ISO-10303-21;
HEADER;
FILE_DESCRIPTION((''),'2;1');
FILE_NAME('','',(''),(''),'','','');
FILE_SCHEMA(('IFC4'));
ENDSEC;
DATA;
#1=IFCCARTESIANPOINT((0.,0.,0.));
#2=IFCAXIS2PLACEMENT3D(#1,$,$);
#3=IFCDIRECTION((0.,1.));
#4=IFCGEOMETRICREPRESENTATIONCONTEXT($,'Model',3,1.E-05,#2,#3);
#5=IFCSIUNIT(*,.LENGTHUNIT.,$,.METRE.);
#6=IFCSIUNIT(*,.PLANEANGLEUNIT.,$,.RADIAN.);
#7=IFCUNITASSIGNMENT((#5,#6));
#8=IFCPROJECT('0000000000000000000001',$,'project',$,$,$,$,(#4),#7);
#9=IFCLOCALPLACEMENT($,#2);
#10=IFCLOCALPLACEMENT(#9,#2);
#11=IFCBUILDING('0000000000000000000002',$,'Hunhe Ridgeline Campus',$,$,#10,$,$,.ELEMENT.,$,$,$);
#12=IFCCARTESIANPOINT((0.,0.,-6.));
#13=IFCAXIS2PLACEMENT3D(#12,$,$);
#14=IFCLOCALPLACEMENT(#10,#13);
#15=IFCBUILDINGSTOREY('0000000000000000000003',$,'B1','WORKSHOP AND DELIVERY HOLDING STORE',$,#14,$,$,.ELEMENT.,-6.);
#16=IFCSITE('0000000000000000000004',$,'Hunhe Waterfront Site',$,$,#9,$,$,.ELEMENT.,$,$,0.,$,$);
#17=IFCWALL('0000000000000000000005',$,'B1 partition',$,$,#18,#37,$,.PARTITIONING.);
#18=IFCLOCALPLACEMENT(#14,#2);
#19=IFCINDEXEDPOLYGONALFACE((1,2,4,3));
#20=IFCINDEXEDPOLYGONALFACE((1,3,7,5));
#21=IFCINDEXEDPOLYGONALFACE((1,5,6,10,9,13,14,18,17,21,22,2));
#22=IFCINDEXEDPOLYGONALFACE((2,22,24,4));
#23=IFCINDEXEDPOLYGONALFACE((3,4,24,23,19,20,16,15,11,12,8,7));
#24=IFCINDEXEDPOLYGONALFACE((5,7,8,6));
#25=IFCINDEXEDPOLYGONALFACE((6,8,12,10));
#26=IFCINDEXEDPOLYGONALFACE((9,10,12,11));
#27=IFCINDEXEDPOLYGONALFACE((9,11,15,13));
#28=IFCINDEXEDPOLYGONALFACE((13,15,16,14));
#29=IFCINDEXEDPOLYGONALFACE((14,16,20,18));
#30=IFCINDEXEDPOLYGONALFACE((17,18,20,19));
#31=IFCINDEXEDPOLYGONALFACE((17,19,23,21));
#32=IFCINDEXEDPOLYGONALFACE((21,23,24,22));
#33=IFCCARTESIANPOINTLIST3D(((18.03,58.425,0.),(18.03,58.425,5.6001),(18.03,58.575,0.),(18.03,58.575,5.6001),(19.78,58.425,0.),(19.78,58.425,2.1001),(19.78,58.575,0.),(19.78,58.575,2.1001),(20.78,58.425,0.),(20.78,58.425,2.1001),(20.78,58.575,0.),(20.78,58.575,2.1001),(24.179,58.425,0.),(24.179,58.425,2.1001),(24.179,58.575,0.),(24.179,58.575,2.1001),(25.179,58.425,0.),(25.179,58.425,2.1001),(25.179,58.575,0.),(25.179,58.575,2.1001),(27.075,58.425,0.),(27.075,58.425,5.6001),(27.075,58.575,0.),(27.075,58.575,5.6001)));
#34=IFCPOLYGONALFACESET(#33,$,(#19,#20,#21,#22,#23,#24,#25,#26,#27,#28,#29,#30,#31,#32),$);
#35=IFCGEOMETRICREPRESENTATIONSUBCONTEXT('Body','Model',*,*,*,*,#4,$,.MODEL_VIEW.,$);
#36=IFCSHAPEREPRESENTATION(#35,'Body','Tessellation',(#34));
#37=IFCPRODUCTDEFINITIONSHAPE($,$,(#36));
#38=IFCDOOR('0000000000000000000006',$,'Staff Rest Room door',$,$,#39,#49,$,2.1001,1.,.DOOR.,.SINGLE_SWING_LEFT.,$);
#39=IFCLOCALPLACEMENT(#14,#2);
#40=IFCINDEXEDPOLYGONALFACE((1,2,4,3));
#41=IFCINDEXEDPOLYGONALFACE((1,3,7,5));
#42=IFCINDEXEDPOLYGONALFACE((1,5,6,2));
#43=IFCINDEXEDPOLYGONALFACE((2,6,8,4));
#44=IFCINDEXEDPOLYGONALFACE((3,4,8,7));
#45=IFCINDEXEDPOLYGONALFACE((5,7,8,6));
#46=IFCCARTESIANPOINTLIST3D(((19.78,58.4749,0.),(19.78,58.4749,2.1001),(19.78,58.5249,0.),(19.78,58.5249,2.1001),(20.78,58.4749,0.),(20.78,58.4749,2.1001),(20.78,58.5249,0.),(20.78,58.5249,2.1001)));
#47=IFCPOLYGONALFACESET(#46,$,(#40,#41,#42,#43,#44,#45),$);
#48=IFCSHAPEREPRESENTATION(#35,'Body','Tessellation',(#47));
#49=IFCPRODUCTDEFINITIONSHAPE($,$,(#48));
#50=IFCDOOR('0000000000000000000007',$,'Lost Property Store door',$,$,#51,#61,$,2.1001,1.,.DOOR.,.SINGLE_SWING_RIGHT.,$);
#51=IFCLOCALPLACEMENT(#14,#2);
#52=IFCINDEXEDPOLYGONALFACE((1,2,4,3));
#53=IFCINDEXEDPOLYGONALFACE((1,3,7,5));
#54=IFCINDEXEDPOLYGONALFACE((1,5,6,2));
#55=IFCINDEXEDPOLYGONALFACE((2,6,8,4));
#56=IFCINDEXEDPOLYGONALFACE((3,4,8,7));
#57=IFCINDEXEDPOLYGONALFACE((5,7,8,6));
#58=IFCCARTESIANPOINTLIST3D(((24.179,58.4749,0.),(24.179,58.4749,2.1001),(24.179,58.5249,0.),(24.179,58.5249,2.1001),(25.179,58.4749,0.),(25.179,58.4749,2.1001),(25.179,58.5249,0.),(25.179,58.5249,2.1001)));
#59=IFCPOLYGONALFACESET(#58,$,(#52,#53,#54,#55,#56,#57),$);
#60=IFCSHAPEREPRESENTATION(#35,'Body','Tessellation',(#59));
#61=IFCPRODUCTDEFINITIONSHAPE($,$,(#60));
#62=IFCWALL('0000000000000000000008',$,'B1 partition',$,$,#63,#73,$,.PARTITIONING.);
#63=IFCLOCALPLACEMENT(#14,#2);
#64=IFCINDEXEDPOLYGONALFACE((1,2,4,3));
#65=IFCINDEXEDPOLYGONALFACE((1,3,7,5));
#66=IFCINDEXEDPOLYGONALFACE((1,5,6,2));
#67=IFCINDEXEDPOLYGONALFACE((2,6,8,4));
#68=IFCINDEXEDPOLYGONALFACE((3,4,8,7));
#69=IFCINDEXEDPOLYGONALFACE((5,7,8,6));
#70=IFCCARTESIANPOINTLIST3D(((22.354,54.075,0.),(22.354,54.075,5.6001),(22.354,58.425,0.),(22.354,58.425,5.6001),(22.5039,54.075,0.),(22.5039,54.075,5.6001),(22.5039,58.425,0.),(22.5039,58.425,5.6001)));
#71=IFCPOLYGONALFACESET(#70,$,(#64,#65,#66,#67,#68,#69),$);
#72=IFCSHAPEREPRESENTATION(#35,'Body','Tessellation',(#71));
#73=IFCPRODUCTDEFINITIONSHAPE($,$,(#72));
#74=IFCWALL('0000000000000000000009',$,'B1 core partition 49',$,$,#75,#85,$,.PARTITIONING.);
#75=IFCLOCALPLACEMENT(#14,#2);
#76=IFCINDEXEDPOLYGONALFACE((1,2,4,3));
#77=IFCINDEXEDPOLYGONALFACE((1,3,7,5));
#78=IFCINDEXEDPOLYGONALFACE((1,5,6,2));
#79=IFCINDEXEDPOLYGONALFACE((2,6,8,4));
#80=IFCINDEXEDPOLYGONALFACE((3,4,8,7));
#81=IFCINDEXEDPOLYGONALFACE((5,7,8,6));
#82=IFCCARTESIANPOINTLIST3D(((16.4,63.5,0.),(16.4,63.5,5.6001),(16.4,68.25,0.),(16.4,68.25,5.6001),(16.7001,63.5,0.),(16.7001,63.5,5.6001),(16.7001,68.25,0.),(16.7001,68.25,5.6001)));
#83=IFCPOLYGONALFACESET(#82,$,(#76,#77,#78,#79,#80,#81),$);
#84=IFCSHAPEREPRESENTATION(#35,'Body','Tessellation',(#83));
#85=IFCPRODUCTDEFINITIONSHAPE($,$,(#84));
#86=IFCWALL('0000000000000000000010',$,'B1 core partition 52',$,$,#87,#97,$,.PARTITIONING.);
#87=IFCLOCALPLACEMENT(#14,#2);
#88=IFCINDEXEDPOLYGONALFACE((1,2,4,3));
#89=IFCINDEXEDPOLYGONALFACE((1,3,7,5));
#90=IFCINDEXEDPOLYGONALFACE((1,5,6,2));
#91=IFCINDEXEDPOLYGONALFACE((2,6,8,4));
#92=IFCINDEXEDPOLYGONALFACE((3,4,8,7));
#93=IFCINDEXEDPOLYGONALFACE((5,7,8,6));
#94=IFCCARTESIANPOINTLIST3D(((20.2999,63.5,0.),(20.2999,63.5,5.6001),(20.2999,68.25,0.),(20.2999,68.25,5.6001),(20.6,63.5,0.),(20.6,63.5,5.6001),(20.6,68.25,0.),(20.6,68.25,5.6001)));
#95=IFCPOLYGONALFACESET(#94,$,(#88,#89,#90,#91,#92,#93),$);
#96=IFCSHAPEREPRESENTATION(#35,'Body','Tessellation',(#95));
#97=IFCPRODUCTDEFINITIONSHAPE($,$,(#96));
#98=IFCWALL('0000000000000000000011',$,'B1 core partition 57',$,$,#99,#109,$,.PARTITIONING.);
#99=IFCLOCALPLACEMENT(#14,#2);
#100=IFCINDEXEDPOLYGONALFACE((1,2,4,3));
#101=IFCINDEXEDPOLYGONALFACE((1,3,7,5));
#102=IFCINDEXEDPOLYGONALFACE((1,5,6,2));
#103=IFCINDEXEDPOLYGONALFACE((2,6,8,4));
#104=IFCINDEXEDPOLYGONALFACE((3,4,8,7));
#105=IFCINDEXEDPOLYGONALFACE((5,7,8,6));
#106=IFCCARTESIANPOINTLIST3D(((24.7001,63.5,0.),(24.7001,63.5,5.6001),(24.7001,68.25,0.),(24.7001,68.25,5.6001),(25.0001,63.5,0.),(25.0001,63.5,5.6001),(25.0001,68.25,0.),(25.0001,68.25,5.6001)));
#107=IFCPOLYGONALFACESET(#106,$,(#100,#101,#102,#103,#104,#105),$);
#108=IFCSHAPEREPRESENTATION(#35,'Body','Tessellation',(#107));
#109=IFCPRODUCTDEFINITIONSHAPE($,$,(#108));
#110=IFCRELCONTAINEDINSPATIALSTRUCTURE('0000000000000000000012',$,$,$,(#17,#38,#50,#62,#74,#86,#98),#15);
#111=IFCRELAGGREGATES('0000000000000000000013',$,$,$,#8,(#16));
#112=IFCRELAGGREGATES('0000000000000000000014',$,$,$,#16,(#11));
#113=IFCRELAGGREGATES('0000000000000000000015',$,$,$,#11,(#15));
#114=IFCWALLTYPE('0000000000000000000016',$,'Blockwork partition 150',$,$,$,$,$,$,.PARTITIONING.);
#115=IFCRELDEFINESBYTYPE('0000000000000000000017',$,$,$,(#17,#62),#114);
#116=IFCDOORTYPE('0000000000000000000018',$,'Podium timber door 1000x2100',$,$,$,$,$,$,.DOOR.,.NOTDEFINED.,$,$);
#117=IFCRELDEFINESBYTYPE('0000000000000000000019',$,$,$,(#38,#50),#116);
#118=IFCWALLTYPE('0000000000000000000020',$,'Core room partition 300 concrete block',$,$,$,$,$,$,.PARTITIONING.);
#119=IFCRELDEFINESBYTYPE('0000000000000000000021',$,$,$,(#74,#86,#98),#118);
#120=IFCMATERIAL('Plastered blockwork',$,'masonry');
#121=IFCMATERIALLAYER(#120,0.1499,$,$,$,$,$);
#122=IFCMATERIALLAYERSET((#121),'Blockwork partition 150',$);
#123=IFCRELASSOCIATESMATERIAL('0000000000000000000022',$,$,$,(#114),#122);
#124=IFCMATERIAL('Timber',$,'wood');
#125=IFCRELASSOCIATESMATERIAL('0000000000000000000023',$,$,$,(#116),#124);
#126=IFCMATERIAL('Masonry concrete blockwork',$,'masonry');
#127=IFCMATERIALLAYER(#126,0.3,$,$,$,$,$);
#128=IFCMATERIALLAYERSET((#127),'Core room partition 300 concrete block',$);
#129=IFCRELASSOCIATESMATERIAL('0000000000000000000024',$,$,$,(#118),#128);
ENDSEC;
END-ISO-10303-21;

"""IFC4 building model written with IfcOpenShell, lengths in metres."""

from ifc_helpers import new_model, si_unit, direction, frame, frame_2d, origin, place, context, subcontext, project, spatial, rectangle, extrude, material, layer, layer_set, type_object, element, fill, save


model = new_model("IFC4")

# Units and contexts
model_context = context("Model", 3, precision=1e-05, world=origin(), true_north=direction((0.0, 1.0)))
body_context = subcontext(model_context, "Body", "Model", "MODEL_VIEW")
ifc_project = project(units=[si_unit("LENGTHUNIT", "METRE"), si_unit("PLANEANGLEUNIT", "RADIAN")], contexts=[model_context])

# Site, building, storey
site_placement = place(None, origin())
site = spatial("IfcSite", under=ifc_project, at=site_placement, Name="Hunhe Waterfront Site", CompositionType="ELEMENT", RefElevation=0.0)
building_placement = place(site_placement, origin())
building = spatial("IfcBuilding", under=site, at=building_placement, Name="Hunhe Ridgeline Campus", CompositionType="ELEMENT")
storey_placement = place(building_placement, frame((0.0, 0.0, -6.0)))
storey = spatial("IfcBuildingStorey", under=building, at=storey_placement, Name="B1", Description="WORKSHOP AND DELIVERY HOLDING STORE", CompositionType="ELEMENT", Elevation=-6.0)

# Shared definitions
ifc_material_1 = material(Name="Plastered blockwork", Category="masonry")
ifc_layer_1 = layer(ifc_material_1, 0.1499)
ifc_layer_set_1 = layer_set([ifc_layer_1], Name="Blockwork partition 150")
wall_type_1 = type_object("IfcWallType", Name="Blockwork partition 150", PredefinedType="PARTITIONING", material=ifc_layer_set_1)

# Wall, openings, doors
wall_1_placement = place(storey_placement, frame((18.03, 58.5, 0.0), z_axis=(0.0, 0.0, 1.0), x_axis=(1.0, 0.0, 0.0)))
wall_1 = element("IfcWall", 1, at=wall_1_placement, inside=storey, type_object=wall_type_1, Name="B1 partition", PredefinedType="PARTITIONING", context=body_context, shape_type="SweptSolid", body=[
    extrude(rectangle(XDim=9.0449, YDim=0.1499, at=frame_2d((4.5225, 0.0))), origin(), (0.0, 0.0, 1.0), 5.6001),
])
opening_1_placement = place(wall_1_placement, frame((1.75, 0.0, 0.0)))
opening_1 = element("IfcOpeningElement", 2, at=opening_1_placement, cuts=wall_1, PredefinedType="OPENING", context=body_context, shape_type="SweptSolid", body=[
    extrude(rectangle(XDim=1.0, YDim=2.1001, at=frame_2d((0.5, 1.05))), frame((0.0, 0.075, 0.0), z_axis=(0.0, -1.0, 0.0), x_axis=(1.0, 0.0, 0.0)), (0.0, 0.0, 1.0), 0.1499),
])
opening_2_placement = place(wall_1_placement, frame((6.1489, 0.0, 0.0)))
opening_2 = element("IfcOpeningElement", 3, at=opening_2_placement, cuts=wall_1, PredefinedType="OPENING", context=body_context, shape_type="SweptSolid", body=[
    extrude(rectangle(XDim=1.0, YDim=2.1001, at=frame_2d((0.5, 1.05))), frame((0.0, 0.075, 0.0), z_axis=(0.0, -1.0, 0.0), x_axis=(1.0, 0.0, 0.0)), (0.0, 0.0, 1.0), 0.1499),
])
ifc_material_2 = material(Name="Timber", Category="wood")
door_type = type_object("IfcDoorType", Name="Podium timber door 1000x2100", OperationType="NOTDEFINED", PredefinedType="DOOR", material=ifc_material_2)
door_1_placement = place(opening_1_placement, origin())
door_1 = element("IfcDoor", 4, at=door_1_placement, inside=storey, type_object=door_type, Name="Staff Rest Room door", OperationType="SINGLE_SWING_LEFT", OverallHeight=2.1001, OverallWidth=1.0, PredefinedType="DOOR", context=body_context, shape_type="SweptSolid", body=[
    extrude(rectangle(XDim=1.0, YDim=2.1001, at=frame_2d((0.5, 1.05))), frame((0.0, 0.0249, 0.0), z_axis=(0.0, -1.0, 0.0), x_axis=(1.0, 0.0, 0.0)), (0.0, 0.0, 1.0), 0.05),
])
fill(opening_1, door_1)
door_2_placement = place(opening_2_placement, origin())
door_2 = element("IfcDoor", 5, at=door_2_placement, inside=storey, type_object=door_type, Name="Lost Property Store door", OperationType="SINGLE_SWING_RIGHT", OverallHeight=2.1001, OverallWidth=1.0, PredefinedType="DOOR", context=body_context, shape_type="SweptSolid", body=[
    extrude(rectangle(XDim=1.0, YDim=2.1001, at=frame_2d((0.5, 1.05))), frame((0.0, 0.0249, 0.0), z_axis=(0.0, -1.0, 0.0), x_axis=(1.0, 0.0, 0.0)), (0.0, 0.0, 1.0), 0.05),
])
fill(opening_2, door_2)

# Walls
wall_2_placement = place(storey_placement, frame((22.429, 54.075, 0.0), z_axis=(0.0, 0.0, 1.0), x_axis=(0.0, 1.0, 0.0)))
element("IfcWall", 6, at=wall_2_placement, inside=storey, type_object=wall_type_1, Name="B1 partition", PredefinedType="PARTITIONING", context=body_context, shape_type="SweptSolid", body=[
    extrude(rectangle(XDim=4.3501, YDim=0.1499, at=frame_2d((2.175, 0.0))), origin(), (0.0, 0.0, 1.0), 5.6001),
])
ifc_material_3 = material(Name="Masonry concrete blockwork", Category="masonry")
ifc_layer_2 = layer(ifc_material_3, 0.3)
ifc_layer_set_2 = layer_set([ifc_layer_2], Name="Core room partition 300 concrete block")
wall_type_2 = type_object("IfcWallType", Name="Core room partition 300 concrete block", PredefinedType="PARTITIONING", material=ifc_layer_set_2)
for number, where, z_axis, x_axis, name in (
    (7, (16.55, 63.5, 0.0), (0.0, 0.0, 1.0), (0.0, 1.0, 0.0), "B1 core partition 49"),
    (8, (20.45, 63.5, 0.0), (0.0, 0.0, 1.0), (0.0, 1.0, 0.0), "B1 core partition 52"),
    (9, (24.8501, 63.5, 0.0), (0.0, 0.0, 1.0), (0.0, 1.0, 0.0), "B1 core partition 57"),
):
    element("IfcWall", number, at=place(storey_placement, frame(where, z_axis=z_axis, x_axis=x_axis)), inside=storey, type_object=wall_type_2, Name=name, PredefinedType="PARTITIONING", context=body_context, shape_type="SweptSolid", body=[
        extrude(rectangle(XDim=4.75, YDim=0.3, at=frame_2d((2.375, 0.0))), origin(), (0.0, 0.0, 1.0), 5.6001),
    ])

save(model, "model.ifc")
